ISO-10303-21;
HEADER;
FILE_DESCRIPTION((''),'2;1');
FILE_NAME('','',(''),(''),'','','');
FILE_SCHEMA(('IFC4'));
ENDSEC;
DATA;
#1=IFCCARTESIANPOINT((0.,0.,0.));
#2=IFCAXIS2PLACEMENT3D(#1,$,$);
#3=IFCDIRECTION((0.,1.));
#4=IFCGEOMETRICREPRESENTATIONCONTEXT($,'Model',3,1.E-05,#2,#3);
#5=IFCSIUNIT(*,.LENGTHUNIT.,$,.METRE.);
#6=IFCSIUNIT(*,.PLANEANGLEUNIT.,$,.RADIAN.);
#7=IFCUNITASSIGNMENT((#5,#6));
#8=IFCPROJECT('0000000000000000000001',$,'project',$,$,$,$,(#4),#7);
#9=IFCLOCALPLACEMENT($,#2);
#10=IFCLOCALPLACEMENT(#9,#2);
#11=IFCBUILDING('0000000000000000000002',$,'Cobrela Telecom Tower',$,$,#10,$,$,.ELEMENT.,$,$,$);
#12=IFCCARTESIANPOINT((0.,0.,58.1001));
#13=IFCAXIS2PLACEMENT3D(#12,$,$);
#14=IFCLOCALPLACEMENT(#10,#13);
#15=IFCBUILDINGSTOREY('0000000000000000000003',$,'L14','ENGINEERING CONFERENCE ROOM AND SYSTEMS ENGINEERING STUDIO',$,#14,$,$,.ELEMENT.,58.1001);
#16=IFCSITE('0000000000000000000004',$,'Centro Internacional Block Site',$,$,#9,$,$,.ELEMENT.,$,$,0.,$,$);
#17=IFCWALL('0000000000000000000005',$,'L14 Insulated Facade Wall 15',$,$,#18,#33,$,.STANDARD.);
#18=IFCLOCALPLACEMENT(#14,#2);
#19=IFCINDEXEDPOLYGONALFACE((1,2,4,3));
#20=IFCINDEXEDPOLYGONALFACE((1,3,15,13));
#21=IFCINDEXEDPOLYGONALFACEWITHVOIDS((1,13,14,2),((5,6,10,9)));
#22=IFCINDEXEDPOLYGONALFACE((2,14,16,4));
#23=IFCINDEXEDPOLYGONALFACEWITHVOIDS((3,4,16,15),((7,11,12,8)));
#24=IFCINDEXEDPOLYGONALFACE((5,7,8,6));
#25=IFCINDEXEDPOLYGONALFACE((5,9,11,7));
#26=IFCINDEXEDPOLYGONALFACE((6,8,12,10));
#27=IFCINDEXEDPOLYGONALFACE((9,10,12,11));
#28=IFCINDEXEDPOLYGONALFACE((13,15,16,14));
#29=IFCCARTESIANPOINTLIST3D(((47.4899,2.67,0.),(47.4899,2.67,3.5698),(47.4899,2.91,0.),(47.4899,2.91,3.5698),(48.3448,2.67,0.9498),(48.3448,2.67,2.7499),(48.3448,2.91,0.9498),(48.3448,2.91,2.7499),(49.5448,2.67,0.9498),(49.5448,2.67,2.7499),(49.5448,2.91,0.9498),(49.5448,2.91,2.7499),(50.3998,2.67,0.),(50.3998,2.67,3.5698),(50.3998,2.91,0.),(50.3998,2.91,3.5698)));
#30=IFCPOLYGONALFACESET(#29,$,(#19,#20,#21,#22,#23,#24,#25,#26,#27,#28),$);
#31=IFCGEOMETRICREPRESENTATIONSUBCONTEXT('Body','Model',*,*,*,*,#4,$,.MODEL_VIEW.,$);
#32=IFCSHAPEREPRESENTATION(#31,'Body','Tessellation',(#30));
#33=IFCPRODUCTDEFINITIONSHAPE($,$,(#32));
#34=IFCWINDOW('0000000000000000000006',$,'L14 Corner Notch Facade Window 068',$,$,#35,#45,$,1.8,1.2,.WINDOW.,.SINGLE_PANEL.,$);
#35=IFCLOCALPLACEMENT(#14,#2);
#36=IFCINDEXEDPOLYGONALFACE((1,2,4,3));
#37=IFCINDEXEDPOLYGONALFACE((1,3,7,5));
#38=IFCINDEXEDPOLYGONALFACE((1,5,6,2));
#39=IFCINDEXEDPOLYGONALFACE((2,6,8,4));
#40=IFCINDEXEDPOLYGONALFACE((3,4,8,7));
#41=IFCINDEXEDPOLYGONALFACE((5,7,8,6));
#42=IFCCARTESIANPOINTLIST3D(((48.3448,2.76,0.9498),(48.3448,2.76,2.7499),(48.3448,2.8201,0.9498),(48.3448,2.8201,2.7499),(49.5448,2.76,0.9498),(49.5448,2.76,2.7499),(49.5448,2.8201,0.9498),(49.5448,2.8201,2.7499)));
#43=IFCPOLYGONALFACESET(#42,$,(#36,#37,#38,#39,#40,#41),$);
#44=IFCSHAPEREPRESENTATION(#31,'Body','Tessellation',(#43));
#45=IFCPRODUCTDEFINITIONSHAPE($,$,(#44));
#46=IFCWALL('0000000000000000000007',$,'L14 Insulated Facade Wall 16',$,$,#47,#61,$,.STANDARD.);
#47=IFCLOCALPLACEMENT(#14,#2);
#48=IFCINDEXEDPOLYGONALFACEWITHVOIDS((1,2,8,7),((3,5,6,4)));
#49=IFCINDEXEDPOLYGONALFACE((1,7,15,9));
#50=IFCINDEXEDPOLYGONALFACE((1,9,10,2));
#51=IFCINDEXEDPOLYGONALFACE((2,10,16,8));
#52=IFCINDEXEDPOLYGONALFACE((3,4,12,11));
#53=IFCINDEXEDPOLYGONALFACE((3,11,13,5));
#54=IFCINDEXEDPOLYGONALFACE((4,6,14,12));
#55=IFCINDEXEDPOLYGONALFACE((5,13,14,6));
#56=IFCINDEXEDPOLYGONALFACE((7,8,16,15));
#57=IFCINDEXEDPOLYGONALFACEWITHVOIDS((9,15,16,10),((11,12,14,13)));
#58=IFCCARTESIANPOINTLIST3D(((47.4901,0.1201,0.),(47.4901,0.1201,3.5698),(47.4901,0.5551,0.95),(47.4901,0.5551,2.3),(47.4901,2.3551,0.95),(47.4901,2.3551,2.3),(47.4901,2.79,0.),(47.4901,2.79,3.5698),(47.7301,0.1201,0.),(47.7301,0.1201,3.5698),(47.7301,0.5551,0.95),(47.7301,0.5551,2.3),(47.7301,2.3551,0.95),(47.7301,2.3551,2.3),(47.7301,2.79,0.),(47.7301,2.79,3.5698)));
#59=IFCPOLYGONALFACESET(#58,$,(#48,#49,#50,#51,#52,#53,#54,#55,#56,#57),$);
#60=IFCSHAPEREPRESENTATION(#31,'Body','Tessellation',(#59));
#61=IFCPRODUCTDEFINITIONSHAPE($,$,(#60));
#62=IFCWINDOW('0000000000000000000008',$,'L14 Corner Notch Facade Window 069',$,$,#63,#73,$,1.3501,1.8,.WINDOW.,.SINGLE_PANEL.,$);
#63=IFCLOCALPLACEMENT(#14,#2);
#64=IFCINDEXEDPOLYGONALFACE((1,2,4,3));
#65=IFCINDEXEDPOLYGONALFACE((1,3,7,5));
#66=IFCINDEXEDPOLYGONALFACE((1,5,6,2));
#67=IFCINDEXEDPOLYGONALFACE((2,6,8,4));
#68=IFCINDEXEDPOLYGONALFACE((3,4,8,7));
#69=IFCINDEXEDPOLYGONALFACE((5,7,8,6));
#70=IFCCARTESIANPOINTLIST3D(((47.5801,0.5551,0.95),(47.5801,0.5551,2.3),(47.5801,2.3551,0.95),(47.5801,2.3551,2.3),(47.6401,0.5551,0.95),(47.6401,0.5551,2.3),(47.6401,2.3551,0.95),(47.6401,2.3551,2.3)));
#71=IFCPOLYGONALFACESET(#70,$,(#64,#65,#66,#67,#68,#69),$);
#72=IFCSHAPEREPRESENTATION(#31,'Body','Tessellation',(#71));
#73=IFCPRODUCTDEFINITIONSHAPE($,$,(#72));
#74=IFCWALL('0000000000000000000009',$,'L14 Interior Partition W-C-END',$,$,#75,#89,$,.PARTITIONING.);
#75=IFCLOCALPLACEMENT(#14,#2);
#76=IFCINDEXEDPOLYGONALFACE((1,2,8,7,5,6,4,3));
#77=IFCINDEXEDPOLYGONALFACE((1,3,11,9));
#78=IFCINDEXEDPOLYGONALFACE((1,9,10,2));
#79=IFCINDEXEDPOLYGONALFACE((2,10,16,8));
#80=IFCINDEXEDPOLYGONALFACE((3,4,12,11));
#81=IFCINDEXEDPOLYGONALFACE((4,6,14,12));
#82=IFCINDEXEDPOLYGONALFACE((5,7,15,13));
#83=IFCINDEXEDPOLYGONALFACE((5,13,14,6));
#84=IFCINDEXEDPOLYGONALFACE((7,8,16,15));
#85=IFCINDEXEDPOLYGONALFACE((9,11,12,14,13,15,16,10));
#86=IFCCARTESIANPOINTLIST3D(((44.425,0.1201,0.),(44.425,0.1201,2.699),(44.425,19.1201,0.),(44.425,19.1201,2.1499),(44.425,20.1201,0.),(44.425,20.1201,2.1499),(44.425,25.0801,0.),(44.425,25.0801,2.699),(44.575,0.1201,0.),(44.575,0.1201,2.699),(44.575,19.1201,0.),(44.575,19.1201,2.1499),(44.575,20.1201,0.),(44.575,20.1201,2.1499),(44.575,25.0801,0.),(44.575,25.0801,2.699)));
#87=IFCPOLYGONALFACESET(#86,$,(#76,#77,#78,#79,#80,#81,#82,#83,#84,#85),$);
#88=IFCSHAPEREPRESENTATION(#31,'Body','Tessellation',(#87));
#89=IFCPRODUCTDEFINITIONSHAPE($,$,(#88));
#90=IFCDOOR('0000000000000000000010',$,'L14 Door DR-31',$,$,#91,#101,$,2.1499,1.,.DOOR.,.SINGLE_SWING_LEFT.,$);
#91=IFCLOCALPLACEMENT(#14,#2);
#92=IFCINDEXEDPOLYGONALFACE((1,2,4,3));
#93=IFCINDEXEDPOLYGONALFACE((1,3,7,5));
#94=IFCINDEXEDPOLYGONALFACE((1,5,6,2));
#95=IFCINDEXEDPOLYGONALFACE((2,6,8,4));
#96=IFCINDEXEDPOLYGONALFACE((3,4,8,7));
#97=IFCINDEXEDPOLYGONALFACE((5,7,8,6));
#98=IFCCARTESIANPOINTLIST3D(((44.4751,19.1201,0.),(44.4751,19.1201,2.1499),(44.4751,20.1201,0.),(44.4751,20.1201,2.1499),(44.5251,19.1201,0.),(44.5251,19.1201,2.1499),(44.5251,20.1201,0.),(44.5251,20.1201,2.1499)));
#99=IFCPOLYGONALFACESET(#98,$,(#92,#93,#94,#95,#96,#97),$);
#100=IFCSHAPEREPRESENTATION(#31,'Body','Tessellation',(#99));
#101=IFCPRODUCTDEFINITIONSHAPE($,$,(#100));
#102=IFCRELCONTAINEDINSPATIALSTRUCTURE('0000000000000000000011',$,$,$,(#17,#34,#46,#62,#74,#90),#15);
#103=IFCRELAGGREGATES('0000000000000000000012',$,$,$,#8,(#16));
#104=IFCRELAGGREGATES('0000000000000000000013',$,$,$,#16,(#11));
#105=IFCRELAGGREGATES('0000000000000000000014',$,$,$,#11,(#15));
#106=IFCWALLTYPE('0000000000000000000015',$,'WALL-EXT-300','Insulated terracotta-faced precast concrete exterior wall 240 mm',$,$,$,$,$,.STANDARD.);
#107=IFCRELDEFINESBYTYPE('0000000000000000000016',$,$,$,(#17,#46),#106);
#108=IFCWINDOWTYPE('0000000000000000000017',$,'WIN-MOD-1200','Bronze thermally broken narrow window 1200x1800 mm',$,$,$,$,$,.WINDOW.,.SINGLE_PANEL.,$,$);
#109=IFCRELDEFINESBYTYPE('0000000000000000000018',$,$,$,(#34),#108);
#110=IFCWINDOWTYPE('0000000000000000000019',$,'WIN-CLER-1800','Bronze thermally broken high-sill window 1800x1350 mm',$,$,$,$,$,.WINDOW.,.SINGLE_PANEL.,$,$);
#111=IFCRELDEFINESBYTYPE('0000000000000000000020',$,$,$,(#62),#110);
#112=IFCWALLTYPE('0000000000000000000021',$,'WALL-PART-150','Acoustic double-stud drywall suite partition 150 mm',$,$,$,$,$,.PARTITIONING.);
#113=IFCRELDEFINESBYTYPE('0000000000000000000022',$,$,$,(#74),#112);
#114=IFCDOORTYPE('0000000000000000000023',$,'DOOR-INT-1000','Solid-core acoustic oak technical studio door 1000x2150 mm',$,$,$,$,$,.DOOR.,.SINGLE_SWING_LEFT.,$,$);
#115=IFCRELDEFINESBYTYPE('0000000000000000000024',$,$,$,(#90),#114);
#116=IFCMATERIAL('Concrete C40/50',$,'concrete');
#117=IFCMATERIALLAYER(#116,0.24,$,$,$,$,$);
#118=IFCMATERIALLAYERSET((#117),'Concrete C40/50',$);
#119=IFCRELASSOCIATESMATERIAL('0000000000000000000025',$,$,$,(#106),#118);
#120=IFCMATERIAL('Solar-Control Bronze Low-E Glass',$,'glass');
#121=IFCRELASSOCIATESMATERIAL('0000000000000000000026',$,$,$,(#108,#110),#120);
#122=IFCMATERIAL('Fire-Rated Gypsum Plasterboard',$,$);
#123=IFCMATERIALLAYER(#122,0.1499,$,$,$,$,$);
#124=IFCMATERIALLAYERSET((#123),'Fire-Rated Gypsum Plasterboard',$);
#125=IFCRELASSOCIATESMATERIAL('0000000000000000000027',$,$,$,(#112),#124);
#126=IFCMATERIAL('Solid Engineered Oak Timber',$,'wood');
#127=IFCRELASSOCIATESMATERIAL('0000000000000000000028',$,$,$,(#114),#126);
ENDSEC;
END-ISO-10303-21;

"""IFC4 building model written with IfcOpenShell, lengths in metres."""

from ifc_helpers import new_model, si_unit, direction, frame, frame_2d, origin, place, context, subcontext, project, spatial, rectangle, extrude, material, layer, layer_set, type_object, element, fill, save


model = new_model("IFC4")

# Units and contexts
model_context = context("Model", 3, precision=1e-05, world=origin(), true_north=direction((0.0, 1.0)))
body_context = subcontext(model_context, "Body", "Model", "MODEL_VIEW")
ifc_project = project(units=[si_unit("LENGTHUNIT", "METRE"), si_unit("PLANEANGLEUNIT", "RADIAN")], contexts=[model_context])

# Site, building, storey
site_placement = place(None, origin())
site = spatial("IfcSite", under=ifc_project, at=site_placement, Name="Centro Internacional Block Site", CompositionType="ELEMENT", RefElevation=0.0)
building_placement = place(site_placement, origin())
building = spatial("IfcBuilding", under=site, at=building_placement, Name="Cobrela Telecom Tower", CompositionType="ELEMENT")
storey_placement = place(building_placement, frame((0.0, 0.0, 58.1001)))
storey = spatial("IfcBuildingStorey", under=building, at=storey_placement, Name="L14", Description="ENGINEERING CONFERENCE ROOM AND SYSTEMS ENGINEERING STUDIO", CompositionType="ELEMENT", Elevation=58.1001)

# Shared definitions
ifc_material_1 = material(Name="Solar-Control Bronze Low-E Glass", Category="glass")

# Walls, openings, windows
ifc_material_2 = material(Name="Concrete C40/50", Category="concrete")
ifc_layer_1 = layer(ifc_material_2, 0.24)
ifc_layer_set_1 = layer_set([ifc_layer_1], Name="Concrete C40/50")
wall_type_1 = type_object("IfcWallType", Name="WALL-EXT-300", Description="Insulated terracotta-faced precast concrete exterior wall 240 mm", PredefinedType="STANDARD", material=ifc_layer_set_1)
wall_1_placement = place(storey_placement, frame((50.3999, 2.79, 0.0), z_axis=(0.0, 0.0, 1.0), x_axis=(-1.0, 0.0, 0.0)))
wall_1 = element("IfcWall", 1, at=wall_1_placement, inside=storey, type_object=wall_type_1, Name="L14 Insulated Facade Wall 15", PredefinedType="STANDARD", context=body_context, shape_type="SweptSolid", body=[
    extrude(rectangle(XDim=2.9099, YDim=0.24, at=frame_2d((1.4551, 0.0))), origin(), (0.0, 0.0, 1.0), 3.5698),
])
opening_1_placement = place(wall_1_placement, frame((0.855, 0.0, 0.95)))
opening_1 = element("IfcOpeningElement", 2, at=opening_1_placement, cuts=wall_1, PredefinedType="OPENING", context=body_context, shape_type="SweptSolid", body=[
    extrude(rectangle(XDim=1.2, YDim=1.8, at=frame_2d((0.6001, 0.8999))), frame((0.0, 0.1318, 0.0), z_axis=(0.0, -1.0, 0.0), x_axis=(1.0, 0.0, 0.0)), (0.0, 0.0, 1.0), 0.2639),
])
window_type_1 = type_object("IfcWindowType", Name="WIN-MOD-1200", Description="Bronze thermally broken narrow window 1200x1800 mm", PartitioningType="SINGLE_PANEL", PredefinedType="WINDOW", material=ifc_material_1)
window_1_placement = place(opening_1_placement, origin())
window_1 = element("IfcWindow", 3, at=window_1_placement, inside=storey, type_object=window_type_1, Name="L14 Corner Notch Facade Window 068", OverallHeight=1.8, OverallWidth=1.2, PartitioningType="SINGLE_PANEL", PredefinedType="WINDOW", context=body_context, shape_type="SweptSolid", body=[
    extrude(rectangle(XDim=1.2, YDim=1.8, at=frame_2d((0.6001, 0.8999))), frame((0.0, 0.03, 0.0), z_axis=(0.0, -1.0, 0.0), x_axis=(1.0, 0.0, 0.0)), (0.0, 0.0, 1.0), 0.0601),
])
fill(opening_1, window_1)
wall_2_placement = place(storey_placement, frame((47.6101, 2.79, 0.0), z_axis=(0.0, 0.0, 1.0), x_axis=(0.0, -1.0, 0.0)))
wall_2 = element("IfcWall", 4, at=wall_2_placement, inside=storey, type_object=wall_type_1, Name="L14 Insulated Facade Wall 16", PredefinedType="STANDARD", context=body_context, shape_type="SweptSolid", body=[
    extrude(rectangle(XDim=2.6699, YDim=0.24, at=frame_2d((1.335, 0.0))), origin(), (0.0, 0.0, 1.0), 3.5698),
])
opening_2_placement = place(wall_2_placement, frame((0.4351, 0.0, 0.95)))
opening_2 = element("IfcOpeningElement", 5, at=opening_2_placement, cuts=wall_2, PredefinedType="OPENING", context=body_context, shape_type="SweptSolid", body=[
    extrude(rectangle(XDim=1.8, YDim=1.3501, at=frame_2d((0.8999, 0.675))), frame((0.0, 0.1318, 0.0), z_axis=(0.0, -1.0, 0.0), x_axis=(1.0, 0.0, 0.0)), (0.0, 0.0, 1.0), 0.2639),
])
window_type_2 = type_object("IfcWindowType", Name="WIN-CLER-1800", Description="Bronze thermally broken high-sill window 1800x1350 mm", PartitioningType="SINGLE_PANEL", PredefinedType="WINDOW", material=ifc_material_1)
window_2_placement = place(opening_2_placement, origin())
window_2 = element("IfcWindow", 6, at=window_2_placement, inside=storey, type_object=window_type_2, Name="L14 Corner Notch Facade Window 069", OverallHeight=1.3501, OverallWidth=1.8, PartitioningType="SINGLE_PANEL", PredefinedType="WINDOW", context=body_context, shape_type="SweptSolid", body=[
    extrude(rectangle(XDim=1.8, YDim=1.3501, at=frame_2d((0.8999, 0.675))), frame((0.0, 0.03, 0.0), z_axis=(0.0, -1.0, 0.0), x_axis=(1.0, 0.0, 0.0)), (0.0, 0.0, 1.0), 0.0601),
])
fill(opening_2, window_2)

# Wall, opening, door
ifc_material_3 = material(Name="Fire-Rated Gypsum Plasterboard")
ifc_layer_2 = layer(ifc_material_3, 0.1499)
ifc_layer_set_2 = layer_set([ifc_layer_2], Name="Fire-Rated Gypsum Plasterboard")
wall_type_2 = type_object("IfcWallType", Name="WALL-PART-150", Description="Acoustic double-stud drywall suite partition 150 mm", PredefinedType="PARTITIONING", material=ifc_layer_set_2)
wall_3_placement = place(storey_placement, frame((44.5, 0.1201, 0.0), z_axis=(0.0, 0.0, 1.0), x_axis=(0.0, 1.0, 0.0)))
wall_3 = element("IfcWall", 7, at=wall_3_placement, inside=storey, type_object=wall_type_2, Name="L14 Interior Partition W-C-END", PredefinedType="PARTITIONING", context=body_context, shape_type="SweptSolid", body=[
    extrude(rectangle(XDim=24.96, YDim=0.1499, at=frame_2d((12.48, 0.0))), origin(), (0.0, 0.0, 1.0), 2.699),
])
opening_3_placement = place(wall_3_placement, frame((19.0, 0.0, 0.0)))
opening_3 = element("IfcOpeningElement", 8, at=opening_3_placement, cuts=wall_3, PredefinedType="OPENING", context=body_context, shape_type="SweptSolid", body=[
    extrude(rectangle(XDim=1.0, YDim=2.1499, at=frame_2d((0.5, 1.075))), frame((0.0, 0.0869, 0.0), z_axis=(0.0, -1.0, 0.0), x_axis=(1.0, 0.0, 0.0)), (0.0, 0.0, 1.0), 0.1738),
])
ifc_material_4 = material(Name="Solid Engineered Oak Timber", Category="wood")
door_type = type_object("IfcDoorType", Name="DOOR-INT-1000", Description="Solid-core acoustic oak technical studio door 1000x2150 mm", OperationType="SINGLE_SWING_LEFT", PredefinedType="DOOR", material=ifc_material_4)
door_placement = place(opening_3_placement, origin())
door = element("IfcDoor", 9, at=door_placement, inside=storey, type_object=door_type, Name="L14 Door DR-31", OperationType="SINGLE_SWING_LEFT", OverallHeight=2.1499, OverallWidth=1.0, PredefinedType="DOOR", context=body_context, shape_type="SweptSolid", body=[
    extrude(rectangle(XDim=1.0, YDim=2.1499, at=frame_2d((0.5, 1.075))), frame((0.0, 0.0249, 0.0), z_axis=(0.0, -1.0, 0.0), x_axis=(1.0, 0.0, 0.0)), (0.0, 0.0, 1.0), 0.05),
])
fill(opening_3, door)

save(model, "model.ifc")
